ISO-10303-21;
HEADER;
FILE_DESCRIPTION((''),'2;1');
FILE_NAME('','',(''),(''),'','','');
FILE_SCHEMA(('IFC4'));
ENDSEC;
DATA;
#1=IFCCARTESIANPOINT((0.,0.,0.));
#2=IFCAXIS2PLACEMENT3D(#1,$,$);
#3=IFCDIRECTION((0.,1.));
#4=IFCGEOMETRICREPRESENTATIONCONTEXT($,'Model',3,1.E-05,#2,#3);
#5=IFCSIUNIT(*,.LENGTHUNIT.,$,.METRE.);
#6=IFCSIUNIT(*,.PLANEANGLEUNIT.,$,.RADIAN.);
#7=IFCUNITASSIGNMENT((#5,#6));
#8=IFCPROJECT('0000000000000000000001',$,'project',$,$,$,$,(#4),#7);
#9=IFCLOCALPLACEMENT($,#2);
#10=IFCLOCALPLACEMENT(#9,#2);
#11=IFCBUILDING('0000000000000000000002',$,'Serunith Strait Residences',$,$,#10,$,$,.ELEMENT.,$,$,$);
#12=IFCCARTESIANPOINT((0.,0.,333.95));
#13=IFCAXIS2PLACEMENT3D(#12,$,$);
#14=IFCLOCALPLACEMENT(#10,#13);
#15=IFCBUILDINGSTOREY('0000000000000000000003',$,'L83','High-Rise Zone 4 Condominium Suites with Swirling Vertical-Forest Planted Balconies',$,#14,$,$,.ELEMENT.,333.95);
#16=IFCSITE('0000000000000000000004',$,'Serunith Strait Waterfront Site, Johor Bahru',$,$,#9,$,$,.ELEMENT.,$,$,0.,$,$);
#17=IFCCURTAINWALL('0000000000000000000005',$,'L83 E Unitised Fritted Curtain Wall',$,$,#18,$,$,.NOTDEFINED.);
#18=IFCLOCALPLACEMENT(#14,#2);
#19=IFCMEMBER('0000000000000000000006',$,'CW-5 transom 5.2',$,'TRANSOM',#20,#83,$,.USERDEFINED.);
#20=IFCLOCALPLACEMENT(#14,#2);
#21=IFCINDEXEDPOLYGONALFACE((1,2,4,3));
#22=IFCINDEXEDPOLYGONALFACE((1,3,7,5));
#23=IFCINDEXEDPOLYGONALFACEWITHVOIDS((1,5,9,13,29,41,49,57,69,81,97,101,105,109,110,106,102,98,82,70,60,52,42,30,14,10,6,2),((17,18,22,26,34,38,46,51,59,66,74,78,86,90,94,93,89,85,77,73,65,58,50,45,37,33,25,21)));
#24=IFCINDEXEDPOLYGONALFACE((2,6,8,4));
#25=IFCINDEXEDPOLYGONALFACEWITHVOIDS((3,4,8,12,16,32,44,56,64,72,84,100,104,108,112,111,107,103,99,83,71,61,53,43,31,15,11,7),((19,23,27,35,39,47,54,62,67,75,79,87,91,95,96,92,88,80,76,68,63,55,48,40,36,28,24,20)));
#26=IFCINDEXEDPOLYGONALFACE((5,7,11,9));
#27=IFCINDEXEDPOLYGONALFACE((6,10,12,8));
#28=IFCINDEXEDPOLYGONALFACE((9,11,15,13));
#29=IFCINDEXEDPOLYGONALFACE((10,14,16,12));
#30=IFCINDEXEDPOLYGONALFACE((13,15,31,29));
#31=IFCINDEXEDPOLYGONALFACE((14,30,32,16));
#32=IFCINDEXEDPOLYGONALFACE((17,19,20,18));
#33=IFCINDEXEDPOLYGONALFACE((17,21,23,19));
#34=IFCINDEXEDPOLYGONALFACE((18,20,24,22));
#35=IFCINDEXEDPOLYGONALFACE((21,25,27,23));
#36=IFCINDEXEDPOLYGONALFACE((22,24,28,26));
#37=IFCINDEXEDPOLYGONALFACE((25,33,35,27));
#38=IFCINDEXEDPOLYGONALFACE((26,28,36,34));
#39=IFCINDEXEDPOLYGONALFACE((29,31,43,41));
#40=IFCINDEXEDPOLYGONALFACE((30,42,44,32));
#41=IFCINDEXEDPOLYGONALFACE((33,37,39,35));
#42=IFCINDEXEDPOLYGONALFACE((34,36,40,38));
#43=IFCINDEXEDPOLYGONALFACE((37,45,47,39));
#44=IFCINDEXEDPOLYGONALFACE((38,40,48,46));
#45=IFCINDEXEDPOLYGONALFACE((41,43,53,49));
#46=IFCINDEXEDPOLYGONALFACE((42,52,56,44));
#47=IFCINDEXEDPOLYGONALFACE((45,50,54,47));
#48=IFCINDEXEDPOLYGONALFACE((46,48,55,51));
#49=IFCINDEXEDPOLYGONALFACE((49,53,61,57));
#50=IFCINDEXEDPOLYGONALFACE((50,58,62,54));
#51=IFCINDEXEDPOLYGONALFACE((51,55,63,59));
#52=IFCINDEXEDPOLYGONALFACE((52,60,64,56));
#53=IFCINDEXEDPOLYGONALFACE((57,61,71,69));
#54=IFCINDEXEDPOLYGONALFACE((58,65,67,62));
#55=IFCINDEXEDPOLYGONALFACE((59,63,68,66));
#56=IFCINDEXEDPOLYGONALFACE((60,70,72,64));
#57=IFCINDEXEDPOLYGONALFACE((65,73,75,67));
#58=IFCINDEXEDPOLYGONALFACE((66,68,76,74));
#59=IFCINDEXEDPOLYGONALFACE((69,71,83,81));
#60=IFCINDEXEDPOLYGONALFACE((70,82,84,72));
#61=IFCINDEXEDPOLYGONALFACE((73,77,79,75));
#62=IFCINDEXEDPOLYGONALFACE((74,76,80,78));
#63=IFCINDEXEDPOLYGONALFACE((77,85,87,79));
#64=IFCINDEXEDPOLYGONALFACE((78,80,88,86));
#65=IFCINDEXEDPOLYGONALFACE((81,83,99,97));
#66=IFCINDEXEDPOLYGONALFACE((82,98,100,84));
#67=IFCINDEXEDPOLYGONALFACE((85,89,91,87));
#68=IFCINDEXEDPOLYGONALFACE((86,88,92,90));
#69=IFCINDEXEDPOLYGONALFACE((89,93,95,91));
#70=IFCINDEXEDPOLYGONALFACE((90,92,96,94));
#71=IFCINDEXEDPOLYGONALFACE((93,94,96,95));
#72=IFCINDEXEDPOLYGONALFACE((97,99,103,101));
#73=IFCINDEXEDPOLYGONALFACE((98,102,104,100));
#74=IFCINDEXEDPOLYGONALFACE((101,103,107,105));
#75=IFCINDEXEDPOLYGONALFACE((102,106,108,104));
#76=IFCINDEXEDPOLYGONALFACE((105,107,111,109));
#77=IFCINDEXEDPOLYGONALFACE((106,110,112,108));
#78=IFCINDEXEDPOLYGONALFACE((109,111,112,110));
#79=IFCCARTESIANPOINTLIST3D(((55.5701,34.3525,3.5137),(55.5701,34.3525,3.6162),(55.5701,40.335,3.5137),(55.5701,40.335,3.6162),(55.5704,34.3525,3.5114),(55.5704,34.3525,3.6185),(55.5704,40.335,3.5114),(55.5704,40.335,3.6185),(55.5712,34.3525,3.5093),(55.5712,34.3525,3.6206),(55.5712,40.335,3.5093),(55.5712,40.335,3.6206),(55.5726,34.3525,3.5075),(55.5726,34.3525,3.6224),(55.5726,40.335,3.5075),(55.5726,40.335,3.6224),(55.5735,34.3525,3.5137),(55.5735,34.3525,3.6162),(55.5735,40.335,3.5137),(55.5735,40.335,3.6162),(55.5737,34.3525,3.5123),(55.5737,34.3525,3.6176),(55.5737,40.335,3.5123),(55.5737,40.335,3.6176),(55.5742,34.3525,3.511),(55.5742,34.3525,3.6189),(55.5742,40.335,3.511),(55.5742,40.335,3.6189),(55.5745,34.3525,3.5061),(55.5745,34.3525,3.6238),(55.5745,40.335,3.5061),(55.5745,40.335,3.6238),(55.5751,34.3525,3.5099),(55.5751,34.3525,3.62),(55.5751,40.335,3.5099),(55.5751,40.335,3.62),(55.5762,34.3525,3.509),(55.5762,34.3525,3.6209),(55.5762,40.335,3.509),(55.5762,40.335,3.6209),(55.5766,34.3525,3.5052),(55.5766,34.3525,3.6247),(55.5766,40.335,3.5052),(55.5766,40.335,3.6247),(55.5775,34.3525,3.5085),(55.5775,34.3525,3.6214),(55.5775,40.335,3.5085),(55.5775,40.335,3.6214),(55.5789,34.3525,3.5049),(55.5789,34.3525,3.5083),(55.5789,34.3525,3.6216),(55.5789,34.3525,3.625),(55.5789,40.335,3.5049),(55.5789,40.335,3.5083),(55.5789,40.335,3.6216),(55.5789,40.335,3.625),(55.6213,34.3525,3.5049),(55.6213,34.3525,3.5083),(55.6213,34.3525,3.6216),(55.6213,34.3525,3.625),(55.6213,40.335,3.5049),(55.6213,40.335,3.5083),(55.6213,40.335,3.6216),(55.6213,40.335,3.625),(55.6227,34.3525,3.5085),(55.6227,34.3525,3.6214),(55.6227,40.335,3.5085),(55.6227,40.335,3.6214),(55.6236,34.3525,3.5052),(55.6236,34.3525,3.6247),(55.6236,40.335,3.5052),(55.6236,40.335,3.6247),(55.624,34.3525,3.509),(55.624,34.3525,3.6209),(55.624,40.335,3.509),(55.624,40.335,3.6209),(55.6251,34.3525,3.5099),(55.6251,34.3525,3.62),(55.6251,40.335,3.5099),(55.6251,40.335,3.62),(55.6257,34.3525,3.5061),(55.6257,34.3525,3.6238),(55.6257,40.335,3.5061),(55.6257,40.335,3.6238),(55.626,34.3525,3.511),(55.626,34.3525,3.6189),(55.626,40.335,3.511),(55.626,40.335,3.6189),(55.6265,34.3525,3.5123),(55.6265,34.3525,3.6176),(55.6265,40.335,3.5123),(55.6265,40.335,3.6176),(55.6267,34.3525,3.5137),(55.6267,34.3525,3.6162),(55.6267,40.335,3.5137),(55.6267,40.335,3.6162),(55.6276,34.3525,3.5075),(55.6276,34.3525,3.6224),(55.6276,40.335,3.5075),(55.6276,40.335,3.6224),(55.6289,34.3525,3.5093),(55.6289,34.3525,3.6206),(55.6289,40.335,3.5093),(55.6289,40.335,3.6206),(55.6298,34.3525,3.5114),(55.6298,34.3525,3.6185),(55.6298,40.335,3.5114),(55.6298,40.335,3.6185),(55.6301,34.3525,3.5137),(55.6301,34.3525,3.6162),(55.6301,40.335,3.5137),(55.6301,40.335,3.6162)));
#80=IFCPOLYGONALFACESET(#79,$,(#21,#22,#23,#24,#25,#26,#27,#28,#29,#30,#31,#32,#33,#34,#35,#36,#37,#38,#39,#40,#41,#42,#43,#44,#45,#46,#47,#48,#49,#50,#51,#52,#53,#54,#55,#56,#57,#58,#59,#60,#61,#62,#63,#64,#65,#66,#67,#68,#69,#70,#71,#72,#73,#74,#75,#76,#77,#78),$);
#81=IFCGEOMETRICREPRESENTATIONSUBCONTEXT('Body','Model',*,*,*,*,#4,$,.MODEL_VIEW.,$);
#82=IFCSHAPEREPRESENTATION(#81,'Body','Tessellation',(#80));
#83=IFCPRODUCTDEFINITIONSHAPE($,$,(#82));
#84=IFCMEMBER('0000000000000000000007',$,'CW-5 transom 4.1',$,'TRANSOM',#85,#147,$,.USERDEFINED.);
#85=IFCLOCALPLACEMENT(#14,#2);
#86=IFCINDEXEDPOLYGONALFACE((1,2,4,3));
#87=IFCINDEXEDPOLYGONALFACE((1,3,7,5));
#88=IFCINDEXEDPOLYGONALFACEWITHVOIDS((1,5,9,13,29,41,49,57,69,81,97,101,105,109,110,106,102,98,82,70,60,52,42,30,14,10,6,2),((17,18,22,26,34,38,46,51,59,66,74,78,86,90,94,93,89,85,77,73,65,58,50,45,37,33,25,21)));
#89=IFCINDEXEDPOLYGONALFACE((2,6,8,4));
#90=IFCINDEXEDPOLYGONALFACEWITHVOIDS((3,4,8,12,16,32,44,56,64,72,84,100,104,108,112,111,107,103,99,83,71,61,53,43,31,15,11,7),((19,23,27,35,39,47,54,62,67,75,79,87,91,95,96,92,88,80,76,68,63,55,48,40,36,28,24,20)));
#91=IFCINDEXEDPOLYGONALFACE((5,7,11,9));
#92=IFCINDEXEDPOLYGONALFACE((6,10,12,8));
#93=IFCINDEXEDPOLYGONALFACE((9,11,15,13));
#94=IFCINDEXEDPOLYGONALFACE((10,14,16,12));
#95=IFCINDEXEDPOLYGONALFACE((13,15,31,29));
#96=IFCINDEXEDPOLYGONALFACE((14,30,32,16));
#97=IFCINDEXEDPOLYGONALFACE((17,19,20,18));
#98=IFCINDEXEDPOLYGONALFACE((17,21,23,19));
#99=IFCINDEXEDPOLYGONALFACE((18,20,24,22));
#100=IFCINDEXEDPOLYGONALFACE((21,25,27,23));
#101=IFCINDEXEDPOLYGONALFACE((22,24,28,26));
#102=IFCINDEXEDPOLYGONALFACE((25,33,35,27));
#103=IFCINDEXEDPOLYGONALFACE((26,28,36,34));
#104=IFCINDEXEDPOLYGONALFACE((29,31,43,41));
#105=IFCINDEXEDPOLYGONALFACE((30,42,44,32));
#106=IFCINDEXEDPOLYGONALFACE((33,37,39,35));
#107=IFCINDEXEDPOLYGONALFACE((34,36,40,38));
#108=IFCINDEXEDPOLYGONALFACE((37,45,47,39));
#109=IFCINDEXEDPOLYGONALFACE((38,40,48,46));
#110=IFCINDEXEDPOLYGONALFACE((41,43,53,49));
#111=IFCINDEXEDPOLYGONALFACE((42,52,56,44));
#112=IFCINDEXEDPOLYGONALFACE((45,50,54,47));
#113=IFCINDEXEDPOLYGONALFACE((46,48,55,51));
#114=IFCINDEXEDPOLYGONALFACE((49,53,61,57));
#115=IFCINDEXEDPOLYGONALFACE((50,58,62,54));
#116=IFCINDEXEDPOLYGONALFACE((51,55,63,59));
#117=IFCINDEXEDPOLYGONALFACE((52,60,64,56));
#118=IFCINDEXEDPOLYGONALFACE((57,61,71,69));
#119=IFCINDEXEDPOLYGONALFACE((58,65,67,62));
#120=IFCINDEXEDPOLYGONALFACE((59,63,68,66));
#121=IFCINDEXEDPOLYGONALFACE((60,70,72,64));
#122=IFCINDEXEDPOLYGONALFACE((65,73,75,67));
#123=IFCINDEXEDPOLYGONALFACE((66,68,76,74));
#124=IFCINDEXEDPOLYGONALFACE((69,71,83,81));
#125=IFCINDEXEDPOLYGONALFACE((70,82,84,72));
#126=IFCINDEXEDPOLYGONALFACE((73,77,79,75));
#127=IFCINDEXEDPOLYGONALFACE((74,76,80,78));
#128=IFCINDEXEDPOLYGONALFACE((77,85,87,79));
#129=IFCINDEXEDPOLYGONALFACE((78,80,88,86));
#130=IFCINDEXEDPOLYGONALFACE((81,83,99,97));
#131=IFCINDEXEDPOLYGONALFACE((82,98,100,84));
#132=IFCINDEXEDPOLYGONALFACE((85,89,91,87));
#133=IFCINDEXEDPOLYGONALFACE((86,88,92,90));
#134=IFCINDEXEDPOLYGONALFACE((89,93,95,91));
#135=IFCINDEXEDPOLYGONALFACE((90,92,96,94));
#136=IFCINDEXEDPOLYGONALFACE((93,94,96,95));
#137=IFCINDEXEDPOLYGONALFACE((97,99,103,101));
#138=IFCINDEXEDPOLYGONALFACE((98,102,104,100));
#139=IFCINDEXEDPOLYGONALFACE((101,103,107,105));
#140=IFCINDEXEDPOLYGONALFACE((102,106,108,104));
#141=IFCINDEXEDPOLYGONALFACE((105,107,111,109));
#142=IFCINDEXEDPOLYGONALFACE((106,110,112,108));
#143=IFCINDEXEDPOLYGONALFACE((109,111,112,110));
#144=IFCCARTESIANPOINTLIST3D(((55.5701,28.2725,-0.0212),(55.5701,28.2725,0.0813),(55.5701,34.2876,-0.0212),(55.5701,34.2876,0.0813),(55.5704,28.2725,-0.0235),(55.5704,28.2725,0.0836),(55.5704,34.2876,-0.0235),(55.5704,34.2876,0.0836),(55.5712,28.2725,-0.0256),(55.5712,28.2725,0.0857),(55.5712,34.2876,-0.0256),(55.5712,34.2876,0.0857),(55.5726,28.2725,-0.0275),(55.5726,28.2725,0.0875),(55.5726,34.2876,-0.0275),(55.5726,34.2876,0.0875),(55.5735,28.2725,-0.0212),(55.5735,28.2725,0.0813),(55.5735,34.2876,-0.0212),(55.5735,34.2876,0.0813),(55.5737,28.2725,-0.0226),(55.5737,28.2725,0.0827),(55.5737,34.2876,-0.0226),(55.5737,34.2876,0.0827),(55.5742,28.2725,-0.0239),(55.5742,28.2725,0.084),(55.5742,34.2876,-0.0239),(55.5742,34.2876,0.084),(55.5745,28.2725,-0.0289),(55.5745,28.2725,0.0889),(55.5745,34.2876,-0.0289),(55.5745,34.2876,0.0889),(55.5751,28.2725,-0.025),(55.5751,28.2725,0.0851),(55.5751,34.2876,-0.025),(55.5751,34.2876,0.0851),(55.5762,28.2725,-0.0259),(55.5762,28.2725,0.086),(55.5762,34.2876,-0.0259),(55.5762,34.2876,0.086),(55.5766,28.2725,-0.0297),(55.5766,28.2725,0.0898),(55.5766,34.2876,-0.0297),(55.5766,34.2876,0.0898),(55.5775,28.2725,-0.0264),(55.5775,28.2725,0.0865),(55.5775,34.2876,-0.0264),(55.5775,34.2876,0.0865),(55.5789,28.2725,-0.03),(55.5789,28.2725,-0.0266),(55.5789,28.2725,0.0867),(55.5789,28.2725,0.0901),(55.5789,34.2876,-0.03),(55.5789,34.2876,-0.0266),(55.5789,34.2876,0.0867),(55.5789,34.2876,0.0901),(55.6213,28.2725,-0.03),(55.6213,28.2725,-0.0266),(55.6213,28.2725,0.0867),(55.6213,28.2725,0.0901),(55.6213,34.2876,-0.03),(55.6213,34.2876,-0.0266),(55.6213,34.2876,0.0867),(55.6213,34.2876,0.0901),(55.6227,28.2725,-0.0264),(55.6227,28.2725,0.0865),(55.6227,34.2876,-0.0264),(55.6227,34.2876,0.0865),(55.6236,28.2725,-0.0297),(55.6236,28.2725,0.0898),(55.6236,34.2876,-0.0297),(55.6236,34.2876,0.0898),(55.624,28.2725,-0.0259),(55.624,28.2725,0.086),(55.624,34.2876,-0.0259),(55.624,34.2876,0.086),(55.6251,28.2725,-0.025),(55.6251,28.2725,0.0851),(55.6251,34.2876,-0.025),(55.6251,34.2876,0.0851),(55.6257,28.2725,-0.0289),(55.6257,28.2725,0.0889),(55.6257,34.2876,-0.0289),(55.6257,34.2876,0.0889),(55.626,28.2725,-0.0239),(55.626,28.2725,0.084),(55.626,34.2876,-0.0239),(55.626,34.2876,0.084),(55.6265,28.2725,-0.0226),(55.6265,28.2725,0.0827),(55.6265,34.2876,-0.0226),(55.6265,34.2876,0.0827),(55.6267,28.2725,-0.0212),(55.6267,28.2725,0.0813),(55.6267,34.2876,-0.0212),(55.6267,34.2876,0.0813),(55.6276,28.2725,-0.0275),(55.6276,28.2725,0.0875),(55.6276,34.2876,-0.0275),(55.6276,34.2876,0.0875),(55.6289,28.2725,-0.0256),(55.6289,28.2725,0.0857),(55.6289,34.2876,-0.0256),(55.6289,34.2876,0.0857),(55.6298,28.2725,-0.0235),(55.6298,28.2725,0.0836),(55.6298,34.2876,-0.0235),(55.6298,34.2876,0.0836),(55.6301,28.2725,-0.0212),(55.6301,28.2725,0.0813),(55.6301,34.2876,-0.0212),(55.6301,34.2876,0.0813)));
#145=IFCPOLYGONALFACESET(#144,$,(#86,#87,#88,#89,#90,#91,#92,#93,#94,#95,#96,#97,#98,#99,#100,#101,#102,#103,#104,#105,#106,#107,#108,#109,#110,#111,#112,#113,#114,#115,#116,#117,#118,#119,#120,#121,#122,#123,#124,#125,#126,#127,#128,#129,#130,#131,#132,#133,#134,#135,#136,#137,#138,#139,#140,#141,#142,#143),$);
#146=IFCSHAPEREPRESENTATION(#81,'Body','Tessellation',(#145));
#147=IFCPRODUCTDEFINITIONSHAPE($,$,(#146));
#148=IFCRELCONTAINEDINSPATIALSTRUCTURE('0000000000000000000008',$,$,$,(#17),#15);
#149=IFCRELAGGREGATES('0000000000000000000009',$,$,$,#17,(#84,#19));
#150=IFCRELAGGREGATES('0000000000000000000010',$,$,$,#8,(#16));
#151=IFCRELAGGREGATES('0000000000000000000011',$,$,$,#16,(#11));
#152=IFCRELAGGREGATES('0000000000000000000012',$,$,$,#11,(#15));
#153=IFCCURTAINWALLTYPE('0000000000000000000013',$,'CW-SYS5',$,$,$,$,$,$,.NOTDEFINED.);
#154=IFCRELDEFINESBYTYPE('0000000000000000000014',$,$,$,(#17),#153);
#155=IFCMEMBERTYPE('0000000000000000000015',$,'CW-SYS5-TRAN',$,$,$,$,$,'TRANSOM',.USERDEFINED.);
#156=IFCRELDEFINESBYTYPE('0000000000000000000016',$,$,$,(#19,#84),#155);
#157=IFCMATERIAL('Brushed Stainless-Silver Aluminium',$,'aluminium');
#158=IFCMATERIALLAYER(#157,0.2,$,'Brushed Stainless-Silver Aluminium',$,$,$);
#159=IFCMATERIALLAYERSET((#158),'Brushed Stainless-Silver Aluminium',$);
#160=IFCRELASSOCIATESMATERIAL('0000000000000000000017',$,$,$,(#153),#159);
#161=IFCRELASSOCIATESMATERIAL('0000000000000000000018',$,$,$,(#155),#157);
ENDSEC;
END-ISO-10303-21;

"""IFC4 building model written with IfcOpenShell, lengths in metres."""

from ifc_helpers import new_model, si_unit, direction, frame, origin, origin_2d, place, context, subcontext, project, spatial, hollow_rectangle, extrude, source, transform, mapped, material, layer, layer_set, material_profile, profile_set, type_object, element, aggregate, save


model = new_model("IFC4")

# Units and contexts
model_context = context("Model", 3, precision=1e-05, world=origin(), true_north=direction((0.0, 1.0)))
body_context = subcontext(model_context, "Body", "Model", "MODEL_VIEW")
ifc_project = project(units=[si_unit("LENGTHUNIT", "METRE"), si_unit("PLANEANGLEUNIT", "RADIAN")], contexts=[model_context])

# Site, building, storey
site_placement = place(None, origin())
site = spatial("IfcSite", under=ifc_project, at=site_placement, Name="Serunith Strait Waterfront Site, Johor Bahru", CompositionType="ELEMENT", RefElevation=0.0)
building_placement = place(site_placement, origin())
building = spatial("IfcBuilding", under=site, at=building_placement, Name="Serunith Strait Residences", CompositionType="ELEMENT")
storey_placement = place(building_placement, frame((0.0, 0.0, 333.95)))
storey = spatial("IfcBuildingStorey", under=building, at=storey_placement, Name="L83", Description="High-Rise Zone 4 Condominium Suites with Swirling Vertical-Forest Planted Balconies", CompositionType="ELEMENT", Elevation=333.95)

# Curtain wall, members
ifc_material_1 = material(Name="Brushed Stainless-Silver Aluminium", Category="aluminium")
ifc_layer_1 = layer(ifc_material_1, 0.2, Name="Brushed Stainless-Silver Aluminium")
ifc_layer_set_1 = layer_set([ifc_layer_1], Name="Brushed Stainless-Silver Aluminium")
curtain_wall_type = type_object("IfcCurtainWallType", Name="CW-SYS5", PredefinedType="NOTDEFINED", material=ifc_layer_set_1)
curtain_wall_placement = place(storey_placement, origin())
curtain_wall = element("IfcCurtainWall", 1, at=curtain_wall_placement, inside=storey, type_object=curtain_wall_type, Name="L83 E Unitised Fritted Curtain Wall", PredefinedType="NOTDEFINED")
ifc_material_profile_1 = material_profile(ifc_material_1, hollow_rectangle(XDim=0.0601, YDim=0.1201, WallThickness=0.0034, InnerFilletRadius=0.0054, OuterFilletRadius=0.0088, at=origin_2d()), Name="ALU 120x60x3.5")
ifc_profile_set_1 = profile_set([ifc_material_profile_1], Name="Brushed Stainless-Silver Aluminium")
member_type_1 = type_object("IfcMemberType", Name="CW-SYS5-TRAN", ElementType="TRANSOM", PredefinedType="USERDEFINED", material=ifc_profile_set_1)
shared_shape_1 = source(origin(), body_context, "Body", "SweptSolid", [
    extrude(hollow_rectangle(XDim=0.0601, YDim=0.1201, WallThickness=0.0034, InnerFilletRadius=0.0054, OuterFilletRadius=0.0088, at=origin_2d()), origin(), (0.0, 0.0, 1.0), 5.9824),
])
member_1_placement = place(storey_placement, frame((55.6001, 34.3525, 3.5649), z_axis=(0.0, 1.0, 0.0), x_axis=(-1.0, 0.0, 0.0)))
member_1 = element("IfcMember", 2, at=member_1_placement, type_object=member_type_1, Name="CW-5 transom 5.2", ObjectType="TRANSOM", PredefinedType="USERDEFINED", context=body_context, shape_type="MappedRepresentation", body=[
    mapped(shared_shape_1, transform((0.0, 0.0, 0.0), scale=1.0)),
])
shared_shape_2 = source(origin(), body_context, "Body", "SweptSolid", [
    extrude(hollow_rectangle(XDim=0.0601, YDim=0.1201, WallThickness=0.0034, InnerFilletRadius=0.0054, OuterFilletRadius=0.0088, at=origin_2d()), origin(), (0.0, 0.0, 1.0), 6.0151),
])
member_2_placement = place(storey_placement, frame((55.6001, 28.2725, 0.03), z_axis=(0.0, 1.0, 0.0), x_axis=(-1.0, 0.0, 0.0)))
member_2 = element("IfcMember", 3, at=member_2_placement, type_object=member_type_1, Name="CW-5 transom 4.1", ObjectType="TRANSOM", PredefinedType="USERDEFINED", context=body_context, shape_type="MappedRepresentation", body=[
    mapped(shared_shape_2, transform((0.0, 0.0, 0.0), scale=1.0)),
])
aggregate(curtain_wall, [member_2, member_1])

save(model, "model.ifc")
